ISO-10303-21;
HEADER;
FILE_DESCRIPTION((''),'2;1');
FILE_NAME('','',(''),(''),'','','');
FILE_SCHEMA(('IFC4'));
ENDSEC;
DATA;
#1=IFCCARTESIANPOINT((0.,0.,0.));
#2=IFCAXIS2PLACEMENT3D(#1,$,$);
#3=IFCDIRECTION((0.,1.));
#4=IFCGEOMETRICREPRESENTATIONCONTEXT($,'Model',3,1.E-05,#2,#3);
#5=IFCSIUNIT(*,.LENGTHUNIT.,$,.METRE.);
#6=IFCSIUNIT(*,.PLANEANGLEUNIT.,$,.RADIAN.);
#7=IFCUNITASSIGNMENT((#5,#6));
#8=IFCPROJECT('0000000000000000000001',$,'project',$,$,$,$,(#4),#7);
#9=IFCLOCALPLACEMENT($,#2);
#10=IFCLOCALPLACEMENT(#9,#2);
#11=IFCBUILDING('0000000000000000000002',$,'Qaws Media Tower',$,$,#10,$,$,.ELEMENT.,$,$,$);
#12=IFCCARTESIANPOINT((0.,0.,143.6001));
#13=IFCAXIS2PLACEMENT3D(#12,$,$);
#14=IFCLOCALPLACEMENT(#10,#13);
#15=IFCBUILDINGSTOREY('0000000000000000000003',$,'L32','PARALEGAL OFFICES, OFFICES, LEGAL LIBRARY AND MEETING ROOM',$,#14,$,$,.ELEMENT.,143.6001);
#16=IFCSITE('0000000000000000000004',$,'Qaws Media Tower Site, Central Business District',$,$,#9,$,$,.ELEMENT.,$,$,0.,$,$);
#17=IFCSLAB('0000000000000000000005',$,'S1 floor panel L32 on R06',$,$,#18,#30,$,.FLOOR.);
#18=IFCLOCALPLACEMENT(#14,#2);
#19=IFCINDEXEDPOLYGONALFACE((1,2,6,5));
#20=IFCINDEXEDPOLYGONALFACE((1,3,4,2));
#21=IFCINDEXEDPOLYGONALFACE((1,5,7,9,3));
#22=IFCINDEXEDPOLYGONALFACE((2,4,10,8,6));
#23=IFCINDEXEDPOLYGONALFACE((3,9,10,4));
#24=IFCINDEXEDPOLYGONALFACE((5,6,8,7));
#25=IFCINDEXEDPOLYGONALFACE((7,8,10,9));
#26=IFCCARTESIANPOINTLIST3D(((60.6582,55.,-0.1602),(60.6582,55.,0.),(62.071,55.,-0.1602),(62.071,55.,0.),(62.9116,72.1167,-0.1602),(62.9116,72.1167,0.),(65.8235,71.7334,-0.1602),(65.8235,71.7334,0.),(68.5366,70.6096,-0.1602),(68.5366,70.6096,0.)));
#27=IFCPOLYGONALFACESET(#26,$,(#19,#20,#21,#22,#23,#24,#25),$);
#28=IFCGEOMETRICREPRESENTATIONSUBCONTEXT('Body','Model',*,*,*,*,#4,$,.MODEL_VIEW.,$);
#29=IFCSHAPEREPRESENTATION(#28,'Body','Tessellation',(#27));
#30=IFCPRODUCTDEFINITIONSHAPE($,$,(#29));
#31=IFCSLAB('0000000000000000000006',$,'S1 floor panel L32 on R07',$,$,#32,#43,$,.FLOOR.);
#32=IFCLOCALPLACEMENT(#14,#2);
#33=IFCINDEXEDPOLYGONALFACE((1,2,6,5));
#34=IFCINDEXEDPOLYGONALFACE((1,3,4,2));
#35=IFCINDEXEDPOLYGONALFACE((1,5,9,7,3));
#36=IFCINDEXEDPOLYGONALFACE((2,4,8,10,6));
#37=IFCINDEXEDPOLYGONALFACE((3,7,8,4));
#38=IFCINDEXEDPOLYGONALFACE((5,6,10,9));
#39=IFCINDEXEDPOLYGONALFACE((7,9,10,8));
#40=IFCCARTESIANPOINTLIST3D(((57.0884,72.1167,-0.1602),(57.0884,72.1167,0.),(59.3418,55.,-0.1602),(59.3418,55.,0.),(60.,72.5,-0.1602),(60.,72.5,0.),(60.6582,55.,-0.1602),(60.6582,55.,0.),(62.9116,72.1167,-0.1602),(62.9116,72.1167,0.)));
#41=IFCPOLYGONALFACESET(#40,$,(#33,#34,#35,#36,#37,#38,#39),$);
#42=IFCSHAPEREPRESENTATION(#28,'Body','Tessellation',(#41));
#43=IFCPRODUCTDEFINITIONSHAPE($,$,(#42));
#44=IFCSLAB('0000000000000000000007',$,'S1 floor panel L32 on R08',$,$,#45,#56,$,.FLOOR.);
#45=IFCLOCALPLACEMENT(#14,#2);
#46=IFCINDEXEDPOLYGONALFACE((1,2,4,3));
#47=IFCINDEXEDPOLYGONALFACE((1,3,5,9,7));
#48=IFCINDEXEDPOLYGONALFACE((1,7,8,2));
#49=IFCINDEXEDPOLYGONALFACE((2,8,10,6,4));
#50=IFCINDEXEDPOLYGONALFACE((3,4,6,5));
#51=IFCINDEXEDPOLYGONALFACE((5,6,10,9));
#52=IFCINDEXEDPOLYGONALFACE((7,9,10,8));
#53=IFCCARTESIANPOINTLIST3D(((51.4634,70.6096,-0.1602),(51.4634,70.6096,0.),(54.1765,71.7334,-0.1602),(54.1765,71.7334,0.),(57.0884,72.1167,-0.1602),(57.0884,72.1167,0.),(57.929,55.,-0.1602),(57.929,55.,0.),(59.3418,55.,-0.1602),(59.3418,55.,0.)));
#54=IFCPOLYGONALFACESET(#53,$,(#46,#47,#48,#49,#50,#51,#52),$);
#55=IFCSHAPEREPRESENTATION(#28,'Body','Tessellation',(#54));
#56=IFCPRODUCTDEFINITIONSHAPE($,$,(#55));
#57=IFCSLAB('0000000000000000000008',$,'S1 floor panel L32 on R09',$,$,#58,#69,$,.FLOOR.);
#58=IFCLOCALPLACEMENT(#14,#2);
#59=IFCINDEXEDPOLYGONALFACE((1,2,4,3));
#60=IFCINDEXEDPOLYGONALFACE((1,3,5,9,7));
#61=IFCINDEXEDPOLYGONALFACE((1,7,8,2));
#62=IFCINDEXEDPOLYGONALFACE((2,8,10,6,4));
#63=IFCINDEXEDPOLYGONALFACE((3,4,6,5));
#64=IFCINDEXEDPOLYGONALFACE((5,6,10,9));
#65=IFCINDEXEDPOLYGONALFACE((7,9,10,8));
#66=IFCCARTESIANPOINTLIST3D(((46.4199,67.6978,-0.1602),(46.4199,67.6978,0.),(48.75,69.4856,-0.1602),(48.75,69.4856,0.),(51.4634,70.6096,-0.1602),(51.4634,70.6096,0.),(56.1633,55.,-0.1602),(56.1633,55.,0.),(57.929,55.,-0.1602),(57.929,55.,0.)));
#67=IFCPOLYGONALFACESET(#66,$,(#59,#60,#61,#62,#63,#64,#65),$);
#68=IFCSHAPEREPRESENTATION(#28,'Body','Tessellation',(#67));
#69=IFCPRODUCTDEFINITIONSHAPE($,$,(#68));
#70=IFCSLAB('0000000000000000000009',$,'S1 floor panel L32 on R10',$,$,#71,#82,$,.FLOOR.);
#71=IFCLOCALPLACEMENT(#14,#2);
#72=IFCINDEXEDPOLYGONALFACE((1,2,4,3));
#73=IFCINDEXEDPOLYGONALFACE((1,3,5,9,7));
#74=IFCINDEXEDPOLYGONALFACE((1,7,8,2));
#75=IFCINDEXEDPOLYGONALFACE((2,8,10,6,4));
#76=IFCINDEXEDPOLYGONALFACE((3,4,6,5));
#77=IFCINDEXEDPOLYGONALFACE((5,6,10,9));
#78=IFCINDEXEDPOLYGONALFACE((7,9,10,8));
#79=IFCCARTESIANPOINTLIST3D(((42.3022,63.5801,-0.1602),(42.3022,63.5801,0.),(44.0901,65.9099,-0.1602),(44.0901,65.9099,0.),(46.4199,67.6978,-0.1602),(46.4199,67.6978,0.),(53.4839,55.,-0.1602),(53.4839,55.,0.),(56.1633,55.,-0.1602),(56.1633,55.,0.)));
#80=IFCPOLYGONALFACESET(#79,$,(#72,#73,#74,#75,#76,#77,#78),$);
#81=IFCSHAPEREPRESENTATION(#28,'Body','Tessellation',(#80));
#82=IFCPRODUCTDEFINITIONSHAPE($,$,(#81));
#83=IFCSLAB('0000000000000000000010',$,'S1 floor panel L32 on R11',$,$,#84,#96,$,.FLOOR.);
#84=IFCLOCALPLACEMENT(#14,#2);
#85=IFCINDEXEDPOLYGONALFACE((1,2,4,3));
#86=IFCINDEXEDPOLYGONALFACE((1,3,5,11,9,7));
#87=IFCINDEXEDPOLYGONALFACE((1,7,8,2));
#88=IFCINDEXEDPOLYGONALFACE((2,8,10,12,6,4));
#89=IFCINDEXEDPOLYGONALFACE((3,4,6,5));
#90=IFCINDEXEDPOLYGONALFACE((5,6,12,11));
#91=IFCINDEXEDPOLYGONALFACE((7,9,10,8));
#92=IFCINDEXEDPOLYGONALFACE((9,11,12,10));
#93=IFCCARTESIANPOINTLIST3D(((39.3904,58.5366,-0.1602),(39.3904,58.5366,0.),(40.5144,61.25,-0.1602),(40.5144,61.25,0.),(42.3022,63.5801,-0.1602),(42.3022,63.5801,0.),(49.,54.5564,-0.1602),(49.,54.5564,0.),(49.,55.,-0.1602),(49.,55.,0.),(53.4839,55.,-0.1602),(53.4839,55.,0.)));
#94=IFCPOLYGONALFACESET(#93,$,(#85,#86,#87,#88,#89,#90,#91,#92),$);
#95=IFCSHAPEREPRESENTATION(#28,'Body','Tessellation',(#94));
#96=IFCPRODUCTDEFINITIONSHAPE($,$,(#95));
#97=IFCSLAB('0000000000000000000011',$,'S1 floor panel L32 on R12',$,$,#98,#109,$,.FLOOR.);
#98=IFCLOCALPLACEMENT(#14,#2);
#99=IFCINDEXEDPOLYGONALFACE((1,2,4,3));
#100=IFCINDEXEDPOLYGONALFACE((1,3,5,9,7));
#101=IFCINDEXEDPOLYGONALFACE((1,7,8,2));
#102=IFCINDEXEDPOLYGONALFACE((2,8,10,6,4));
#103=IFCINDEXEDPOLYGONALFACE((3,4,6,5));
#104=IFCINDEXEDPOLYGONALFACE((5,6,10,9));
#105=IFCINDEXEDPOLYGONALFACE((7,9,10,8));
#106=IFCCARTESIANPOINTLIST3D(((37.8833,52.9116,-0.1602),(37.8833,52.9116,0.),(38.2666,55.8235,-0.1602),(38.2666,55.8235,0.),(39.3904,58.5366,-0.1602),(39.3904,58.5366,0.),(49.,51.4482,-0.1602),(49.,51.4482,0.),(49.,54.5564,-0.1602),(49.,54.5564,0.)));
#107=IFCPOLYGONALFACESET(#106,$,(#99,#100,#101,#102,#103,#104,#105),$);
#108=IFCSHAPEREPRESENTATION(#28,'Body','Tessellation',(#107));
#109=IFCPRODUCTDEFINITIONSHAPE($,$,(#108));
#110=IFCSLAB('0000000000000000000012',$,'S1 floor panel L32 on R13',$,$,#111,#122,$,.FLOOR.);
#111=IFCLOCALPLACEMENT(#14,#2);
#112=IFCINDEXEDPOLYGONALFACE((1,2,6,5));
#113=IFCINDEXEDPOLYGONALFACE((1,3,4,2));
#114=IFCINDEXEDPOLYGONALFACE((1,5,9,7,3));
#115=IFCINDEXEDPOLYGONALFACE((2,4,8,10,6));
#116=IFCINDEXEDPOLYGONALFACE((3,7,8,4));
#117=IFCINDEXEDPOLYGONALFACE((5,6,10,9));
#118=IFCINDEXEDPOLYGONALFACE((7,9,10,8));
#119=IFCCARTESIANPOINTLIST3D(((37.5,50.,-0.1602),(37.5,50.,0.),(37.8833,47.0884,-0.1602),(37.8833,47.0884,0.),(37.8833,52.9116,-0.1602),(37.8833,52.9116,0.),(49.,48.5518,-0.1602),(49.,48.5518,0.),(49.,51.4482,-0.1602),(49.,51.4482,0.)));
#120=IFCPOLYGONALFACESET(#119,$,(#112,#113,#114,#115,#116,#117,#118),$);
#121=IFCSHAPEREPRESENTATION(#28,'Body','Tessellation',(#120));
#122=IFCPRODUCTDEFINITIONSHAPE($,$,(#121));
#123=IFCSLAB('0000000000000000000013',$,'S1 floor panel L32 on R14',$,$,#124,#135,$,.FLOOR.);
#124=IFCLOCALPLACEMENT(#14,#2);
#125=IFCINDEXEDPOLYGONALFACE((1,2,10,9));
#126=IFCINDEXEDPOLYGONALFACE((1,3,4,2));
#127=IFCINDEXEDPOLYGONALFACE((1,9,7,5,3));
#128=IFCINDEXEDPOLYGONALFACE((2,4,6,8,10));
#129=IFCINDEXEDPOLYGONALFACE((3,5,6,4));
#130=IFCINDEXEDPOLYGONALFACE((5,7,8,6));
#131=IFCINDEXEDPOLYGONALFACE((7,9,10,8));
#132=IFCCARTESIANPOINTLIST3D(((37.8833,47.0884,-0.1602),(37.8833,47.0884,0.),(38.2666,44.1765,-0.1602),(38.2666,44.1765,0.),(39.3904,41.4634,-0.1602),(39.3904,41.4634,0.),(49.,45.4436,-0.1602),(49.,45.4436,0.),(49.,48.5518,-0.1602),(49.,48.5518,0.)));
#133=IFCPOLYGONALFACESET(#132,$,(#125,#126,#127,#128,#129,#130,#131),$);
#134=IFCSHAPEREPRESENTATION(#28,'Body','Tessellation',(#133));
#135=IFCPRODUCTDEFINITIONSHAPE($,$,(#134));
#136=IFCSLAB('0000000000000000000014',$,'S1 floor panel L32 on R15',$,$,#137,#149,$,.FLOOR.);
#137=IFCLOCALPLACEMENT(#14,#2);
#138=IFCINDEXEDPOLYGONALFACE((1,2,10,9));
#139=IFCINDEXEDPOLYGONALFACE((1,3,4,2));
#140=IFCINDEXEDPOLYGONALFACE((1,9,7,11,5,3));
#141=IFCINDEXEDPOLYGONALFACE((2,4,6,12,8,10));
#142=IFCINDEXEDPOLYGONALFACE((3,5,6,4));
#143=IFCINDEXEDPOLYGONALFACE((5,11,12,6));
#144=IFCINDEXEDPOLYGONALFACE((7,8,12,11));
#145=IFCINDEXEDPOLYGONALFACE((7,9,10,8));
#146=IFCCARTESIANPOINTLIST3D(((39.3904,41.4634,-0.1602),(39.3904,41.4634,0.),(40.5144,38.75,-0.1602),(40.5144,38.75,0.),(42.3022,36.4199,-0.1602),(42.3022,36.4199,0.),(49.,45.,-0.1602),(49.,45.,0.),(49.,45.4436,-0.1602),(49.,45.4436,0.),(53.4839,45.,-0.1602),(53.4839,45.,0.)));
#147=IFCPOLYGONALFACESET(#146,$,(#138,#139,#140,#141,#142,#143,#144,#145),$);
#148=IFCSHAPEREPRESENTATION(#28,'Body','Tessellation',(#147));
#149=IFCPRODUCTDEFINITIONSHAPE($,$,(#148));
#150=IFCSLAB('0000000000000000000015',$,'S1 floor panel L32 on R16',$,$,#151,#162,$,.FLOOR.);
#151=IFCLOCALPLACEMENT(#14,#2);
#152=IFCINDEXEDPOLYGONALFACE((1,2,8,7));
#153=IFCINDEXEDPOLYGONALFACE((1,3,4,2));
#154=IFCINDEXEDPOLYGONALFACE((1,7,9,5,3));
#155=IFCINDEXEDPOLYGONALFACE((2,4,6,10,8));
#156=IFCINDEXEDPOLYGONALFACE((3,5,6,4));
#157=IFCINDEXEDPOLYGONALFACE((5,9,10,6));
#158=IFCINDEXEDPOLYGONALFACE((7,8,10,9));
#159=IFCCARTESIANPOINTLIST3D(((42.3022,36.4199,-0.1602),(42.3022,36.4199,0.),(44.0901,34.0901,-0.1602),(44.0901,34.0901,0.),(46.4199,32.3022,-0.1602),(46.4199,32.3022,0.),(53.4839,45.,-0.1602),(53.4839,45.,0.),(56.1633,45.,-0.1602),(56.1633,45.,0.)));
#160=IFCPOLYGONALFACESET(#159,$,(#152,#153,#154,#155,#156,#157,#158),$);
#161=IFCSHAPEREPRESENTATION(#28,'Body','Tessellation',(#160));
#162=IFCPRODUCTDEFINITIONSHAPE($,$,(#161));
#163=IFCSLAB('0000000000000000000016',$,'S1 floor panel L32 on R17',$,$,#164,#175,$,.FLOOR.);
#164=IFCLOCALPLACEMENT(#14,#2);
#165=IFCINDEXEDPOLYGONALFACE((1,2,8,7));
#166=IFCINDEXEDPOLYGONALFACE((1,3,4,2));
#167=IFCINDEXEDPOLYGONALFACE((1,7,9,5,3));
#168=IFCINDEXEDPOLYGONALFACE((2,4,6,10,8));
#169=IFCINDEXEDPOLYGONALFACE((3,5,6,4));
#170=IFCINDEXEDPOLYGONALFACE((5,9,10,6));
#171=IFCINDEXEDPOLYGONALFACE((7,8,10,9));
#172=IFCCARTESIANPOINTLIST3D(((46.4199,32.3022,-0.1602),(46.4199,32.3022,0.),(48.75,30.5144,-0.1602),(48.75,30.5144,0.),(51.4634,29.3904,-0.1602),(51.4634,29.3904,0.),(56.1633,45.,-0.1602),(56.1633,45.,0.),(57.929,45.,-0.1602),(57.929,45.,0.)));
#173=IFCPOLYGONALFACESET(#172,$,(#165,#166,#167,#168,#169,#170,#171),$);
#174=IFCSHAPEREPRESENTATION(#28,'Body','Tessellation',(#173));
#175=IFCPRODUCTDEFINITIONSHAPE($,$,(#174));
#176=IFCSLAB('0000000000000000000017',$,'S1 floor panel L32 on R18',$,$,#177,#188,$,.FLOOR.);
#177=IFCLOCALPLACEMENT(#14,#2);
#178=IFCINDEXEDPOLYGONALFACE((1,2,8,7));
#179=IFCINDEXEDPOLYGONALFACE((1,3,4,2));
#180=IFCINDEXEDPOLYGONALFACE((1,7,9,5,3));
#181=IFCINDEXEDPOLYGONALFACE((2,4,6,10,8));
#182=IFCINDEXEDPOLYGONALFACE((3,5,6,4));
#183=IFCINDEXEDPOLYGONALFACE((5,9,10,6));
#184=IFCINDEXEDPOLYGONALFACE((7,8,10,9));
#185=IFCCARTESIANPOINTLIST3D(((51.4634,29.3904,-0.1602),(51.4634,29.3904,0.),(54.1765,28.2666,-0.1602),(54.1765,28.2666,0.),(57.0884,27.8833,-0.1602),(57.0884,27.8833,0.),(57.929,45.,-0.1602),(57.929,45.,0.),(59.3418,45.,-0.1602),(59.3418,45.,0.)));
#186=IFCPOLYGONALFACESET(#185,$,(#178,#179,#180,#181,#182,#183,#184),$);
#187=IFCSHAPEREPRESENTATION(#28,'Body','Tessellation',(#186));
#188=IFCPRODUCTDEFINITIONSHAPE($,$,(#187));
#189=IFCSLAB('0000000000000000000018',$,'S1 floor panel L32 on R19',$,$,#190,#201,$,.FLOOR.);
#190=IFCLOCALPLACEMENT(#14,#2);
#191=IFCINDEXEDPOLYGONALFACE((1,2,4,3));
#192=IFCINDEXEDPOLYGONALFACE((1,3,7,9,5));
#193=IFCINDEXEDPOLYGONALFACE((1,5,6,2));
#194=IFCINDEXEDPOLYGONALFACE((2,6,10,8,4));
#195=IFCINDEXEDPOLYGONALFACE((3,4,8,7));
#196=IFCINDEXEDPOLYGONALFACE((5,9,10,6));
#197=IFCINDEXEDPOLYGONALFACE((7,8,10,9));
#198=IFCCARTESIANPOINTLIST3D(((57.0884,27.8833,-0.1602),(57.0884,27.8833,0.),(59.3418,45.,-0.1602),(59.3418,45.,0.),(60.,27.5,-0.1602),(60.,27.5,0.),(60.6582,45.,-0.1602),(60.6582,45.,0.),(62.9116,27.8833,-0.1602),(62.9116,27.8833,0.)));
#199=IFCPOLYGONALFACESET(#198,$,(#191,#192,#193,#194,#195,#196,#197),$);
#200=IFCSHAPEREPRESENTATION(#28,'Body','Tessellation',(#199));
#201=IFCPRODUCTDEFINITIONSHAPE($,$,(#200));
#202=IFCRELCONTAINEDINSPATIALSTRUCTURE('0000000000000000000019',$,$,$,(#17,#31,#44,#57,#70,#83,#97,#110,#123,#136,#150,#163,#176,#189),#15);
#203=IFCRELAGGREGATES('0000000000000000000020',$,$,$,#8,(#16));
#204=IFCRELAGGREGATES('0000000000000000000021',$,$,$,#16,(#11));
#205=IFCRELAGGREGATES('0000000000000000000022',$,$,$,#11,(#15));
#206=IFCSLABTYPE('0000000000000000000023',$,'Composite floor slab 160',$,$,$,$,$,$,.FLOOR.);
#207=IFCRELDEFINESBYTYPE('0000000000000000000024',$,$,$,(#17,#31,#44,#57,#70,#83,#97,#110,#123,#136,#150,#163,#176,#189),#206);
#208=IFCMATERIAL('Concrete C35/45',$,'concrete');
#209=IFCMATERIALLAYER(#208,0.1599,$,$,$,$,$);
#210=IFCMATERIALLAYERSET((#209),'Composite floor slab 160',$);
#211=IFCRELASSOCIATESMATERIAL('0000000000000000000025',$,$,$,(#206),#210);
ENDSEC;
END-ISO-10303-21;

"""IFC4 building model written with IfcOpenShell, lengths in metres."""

from ifc_helpers import new_model, si_unit, direction, frame, origin, place, context, subcontext, project, spatial, polyline, outline, extrude, material, layer, layer_set, type_object, element, save


model = new_model("IFC4")

# Units and contexts
model_context = context("Model", 3, precision=1e-05, world=origin(), true_north=direction((0.0, 1.0)))
body_context = subcontext(model_context, "Body", "Model", "MODEL_VIEW")
ifc_project = project(units=[si_unit("LENGTHUNIT", "METRE"), si_unit("PLANEANGLEUNIT", "RADIAN")], contexts=[model_context])

# Site, building, storey
site_placement = place(None, origin())
site = spatial("IfcSite", under=ifc_project, at=site_placement, Name="Qaws Media Tower Site, Central Business District", CompositionType="ELEMENT", RefElevation=0.0)
building_placement = place(site_placement, origin())
building = spatial("IfcBuilding", under=site, at=building_placement, Name="Qaws Media Tower", CompositionType="ELEMENT")
storey_placement = place(building_placement, frame((0.0, 0.0, 143.6001)))
storey = spatial("IfcBuildingStorey", under=building, at=storey_placement, Name="L32", Description="PARALEGAL OFFICES, OFFICES, LEGAL LIBRARY AND MEETING ROOM", CompositionType="ELEMENT", Elevation=143.6001)

# Slabs
ifc_material_1 = material(Name="Concrete C35/45", Category="concrete")
ifc_layer_1 = layer(ifc_material_1, 0.1599)
ifc_layer_set_1 = layer_set([ifc_layer_1], Name="Composite floor slab 160")
slab_type_1 = type_object("IfcSlabType", Name="Composite floor slab 160", PredefinedType="FLOOR", material=ifc_layer_set_1)
slab_1_placement = place(storey_placement, frame((0.0, 0.0, -0.1602)))
element("IfcSlab", 1, at=slab_1_placement, inside=storey, type_object=slab_type_1, Name="S1 floor panel L32 on R06", PredefinedType="FLOOR", context=body_context, shape_type="SweptSolid", body=[
    extrude(outline(polyline([(65.8235, 71.7334), (68.5366, 70.6096), (62.071, 55.0), (60.6582, 55.0), (62.9116, 72.1167), (65.8235, 71.7334)])), origin(), (0.0, 0.0, 1.0), 0.1602),
])
slab_2_placement = place(storey_placement, frame((0.0, 0.0, -0.1602)))
element("IfcSlab", 2, at=slab_2_placement, inside=storey, type_object=slab_type_1, Name="S1 floor panel L32 on R07", PredefinedType="FLOOR", context=body_context, shape_type="SweptSolid", body=[
    extrude(outline(polyline([(60.0, 72.5), (62.9116, 72.1167), (60.6582, 55.0), (59.3418, 55.0), (57.0884, 72.1167), (60.0, 72.5)])), origin(), (0.0, 0.0, 1.0), 0.1602),
])
slab_3_placement = place(storey_placement, frame((0.0, 0.0, -0.1602)))
element("IfcSlab", 3, at=slab_3_placement, inside=storey, type_object=slab_type_1, Name="S1 floor panel L32 on R08", PredefinedType="FLOOR", context=body_context, shape_type="SweptSolid", body=[
    extrude(outline(polyline([(54.1765, 71.7334), (57.0884, 72.1167), (59.3418, 55.0), (57.929, 55.0), (51.4634, 70.6096), (54.1765, 71.7334)])), origin(), (0.0, 0.0, 1.0), 0.1602),
])
slab_4_placement = place(storey_placement, frame((0.0, 0.0, -0.1602)))
element("IfcSlab", 4, at=slab_4_placement, inside=storey, type_object=slab_type_1, Name="S1 floor panel L32 on R09", PredefinedType="FLOOR", context=body_context, shape_type="SweptSolid", body=[
    extrude(outline(polyline([(48.75, 69.4856), (51.4634, 70.6096), (57.929, 55.0), (56.1633, 55.0), (46.4199, 67.6978), (48.75, 69.4856)])), origin(), (0.0, 0.0, 1.0), 0.1602),
])
slab_5_placement = place(storey_placement, frame((0.0, 0.0, -0.1602)))
element("IfcSlab", 5, at=slab_5_placement, inside=storey, type_object=slab_type_1, Name="S1 floor panel L32 on R10", PredefinedType="FLOOR", context=body_context, shape_type="SweptSolid", body=[
    extrude(outline(polyline([(44.0901, 65.9099), (46.4199, 67.6978), (56.1633, 55.0), (53.4839, 55.0), (42.3022, 63.5801), (44.0901, 65.9099)])), origin(), (0.0, 0.0, 1.0), 0.1602),
])
slab_6_placement = place(storey_placement, frame((0.0, 0.0, -0.1602)))
element("IfcSlab", 6, at=slab_6_placement, inside=storey, type_object=slab_type_1, Name="S1 floor panel L32 on R11", PredefinedType="FLOOR", context=body_context, shape_type="SweptSolid", body=[
    extrude(outline(polyline([(40.5144, 61.25), (42.3022, 63.5801), (53.4839, 55.0), (49.0, 55.0), (49.0, 54.5564), (39.3904, 58.5366), (40.5144, 61.25)])), origin(), (0.0, 0.0, 1.0), 0.1602),
])
slab_7_placement = place(storey_placement, frame((0.0, 0.0, -0.1602)))
element("IfcSlab", 7, at=slab_7_placement, inside=storey, type_object=slab_type_1, Name="S1 floor panel L32 on R12", PredefinedType="FLOOR", context=body_context, shape_type="SweptSolid", body=[
    extrude(outline(polyline([(38.2666, 55.8235), (39.3904, 58.5366), (49.0, 54.5564), (49.0, 51.4482), (37.8833, 52.9116), (38.2666, 55.8235)])), origin(), (0.0, 0.0, 1.0), 0.1602),
])
slab_8_placement = place(storey_placement, frame((0.0, 0.0, -0.1602)))
element("IfcSlab", 8, at=slab_8_placement, inside=storey, type_object=slab_type_1, Name="S1 floor panel L32 on R13", PredefinedType="FLOOR", context=body_context, shape_type="SweptSolid", body=[
    extrude(outline(polyline([(37.5, 50.0), (37.8833, 52.9116), (49.0, 51.4482), (49.0, 48.5518), (37.8833, 47.0884), (37.5, 50.0)])), origin(), (0.0, 0.0, 1.0), 0.1602),
])
slab_9_placement = place(storey_placement, frame((0.0, 0.0, -0.1602)))
element("IfcSlab", 9, at=slab_9_placement, inside=storey, type_object=slab_type_1, Name="S1 floor panel L32 on R14", PredefinedType="FLOOR", context=body_context, shape_type="SweptSolid", body=[
    extrude(outline(polyline([(38.2666, 44.1765), (37.8833, 47.0884), (49.0, 48.5518), (49.0, 45.4436), (39.3904, 41.4634), (38.2666, 44.1765)])), origin(), (0.0, 0.0, 1.0), 0.1602),
])
slab_10_placement = place(storey_placement, frame((0.0, 0.0, -0.1602)))
element("IfcSlab", 10, at=slab_10_placement, inside=storey, type_object=slab_type_1, Name="S1 floor panel L32 on R15", PredefinedType="FLOOR", context=body_context, shape_type="SweptSolid", body=[
    extrude(outline(polyline([(40.5144, 38.75), (39.3904, 41.4634), (49.0, 45.4436), (49.0, 45.0), (53.4839, 45.0), (42.3022, 36.4199), (40.5144, 38.75)])), origin(), (0.0, 0.0, 1.0), 0.1602),
])
slab_11_placement = place(storey_placement, frame((0.0, 0.0, -0.1602)))
element("IfcSlab", 11, at=slab_11_placement, inside=storey, type_object=slab_type_1, Name="S1 floor panel L32 on R16", PredefinedType="FLOOR", context=body_context, shape_type="SweptSolid", body=[
    extrude(outline(polyline([(44.0901, 34.0901), (42.3022, 36.4199), (53.4839, 45.0), (56.1633, 45.0), (46.4199, 32.3022), (44.0901, 34.0901)])), origin(), (0.0, 0.0, 1.0), 0.1602),
])
slab_12_placement = place(storey_placement, frame((0.0, 0.0, -0.1602)))
element("IfcSlab", 12, at=slab_12_placement, inside=storey, type_object=slab_type_1, Name="S1 floor panel L32 on R17", PredefinedType="FLOOR", context=body_context, shape_type="SweptSolid", body=[
    extrude(outline(polyline([(48.75, 30.5144), (46.4199, 32.3022), (56.1633, 45.0), (57.929, 45.0), (51.4634, 29.3904), (48.75, 30.5144)])), origin(), (0.0, 0.0, 1.0), 0.1602),
])
slab_13_placement = place(storey_placement, frame((0.0, 0.0, -0.1602)))
element("IfcSlab", 13, at=slab_13_placement, inside=storey, type_object=slab_type_1, Name="S1 floor panel L32 on R18", PredefinedType="FLOOR", context=body_context, shape_type="SweptSolid", body=[
    extrude(outline(polyline([(54.1765, 28.2666), (51.4634, 29.3904), (57.929, 45.0), (59.3418, 45.0), (57.0884, 27.8833), (54.1765, 28.2666)])), origin(), (0.0, 0.0, 1.0), 0.1602),
])
slab_14_placement = place(storey_placement, frame((0.0, 0.0, -0.1602)))
element("IfcSlab", 14, at=slab_14_placement, inside=storey, type_object=slab_type_1, Name="S1 floor panel L32 on R19", PredefinedType="FLOOR", context=body_context, shape_type="SweptSolid", body=[
    extrude(outline(polyline([(60.0, 27.5), (57.0884, 27.8833), (59.3418, 45.0), (60.6582, 45.0), (62.9116, 27.8833), (60.0, 27.5)])), origin(), (0.0, 0.0, 1.0), 0.1602),
])

save(model, "model.ifc")
